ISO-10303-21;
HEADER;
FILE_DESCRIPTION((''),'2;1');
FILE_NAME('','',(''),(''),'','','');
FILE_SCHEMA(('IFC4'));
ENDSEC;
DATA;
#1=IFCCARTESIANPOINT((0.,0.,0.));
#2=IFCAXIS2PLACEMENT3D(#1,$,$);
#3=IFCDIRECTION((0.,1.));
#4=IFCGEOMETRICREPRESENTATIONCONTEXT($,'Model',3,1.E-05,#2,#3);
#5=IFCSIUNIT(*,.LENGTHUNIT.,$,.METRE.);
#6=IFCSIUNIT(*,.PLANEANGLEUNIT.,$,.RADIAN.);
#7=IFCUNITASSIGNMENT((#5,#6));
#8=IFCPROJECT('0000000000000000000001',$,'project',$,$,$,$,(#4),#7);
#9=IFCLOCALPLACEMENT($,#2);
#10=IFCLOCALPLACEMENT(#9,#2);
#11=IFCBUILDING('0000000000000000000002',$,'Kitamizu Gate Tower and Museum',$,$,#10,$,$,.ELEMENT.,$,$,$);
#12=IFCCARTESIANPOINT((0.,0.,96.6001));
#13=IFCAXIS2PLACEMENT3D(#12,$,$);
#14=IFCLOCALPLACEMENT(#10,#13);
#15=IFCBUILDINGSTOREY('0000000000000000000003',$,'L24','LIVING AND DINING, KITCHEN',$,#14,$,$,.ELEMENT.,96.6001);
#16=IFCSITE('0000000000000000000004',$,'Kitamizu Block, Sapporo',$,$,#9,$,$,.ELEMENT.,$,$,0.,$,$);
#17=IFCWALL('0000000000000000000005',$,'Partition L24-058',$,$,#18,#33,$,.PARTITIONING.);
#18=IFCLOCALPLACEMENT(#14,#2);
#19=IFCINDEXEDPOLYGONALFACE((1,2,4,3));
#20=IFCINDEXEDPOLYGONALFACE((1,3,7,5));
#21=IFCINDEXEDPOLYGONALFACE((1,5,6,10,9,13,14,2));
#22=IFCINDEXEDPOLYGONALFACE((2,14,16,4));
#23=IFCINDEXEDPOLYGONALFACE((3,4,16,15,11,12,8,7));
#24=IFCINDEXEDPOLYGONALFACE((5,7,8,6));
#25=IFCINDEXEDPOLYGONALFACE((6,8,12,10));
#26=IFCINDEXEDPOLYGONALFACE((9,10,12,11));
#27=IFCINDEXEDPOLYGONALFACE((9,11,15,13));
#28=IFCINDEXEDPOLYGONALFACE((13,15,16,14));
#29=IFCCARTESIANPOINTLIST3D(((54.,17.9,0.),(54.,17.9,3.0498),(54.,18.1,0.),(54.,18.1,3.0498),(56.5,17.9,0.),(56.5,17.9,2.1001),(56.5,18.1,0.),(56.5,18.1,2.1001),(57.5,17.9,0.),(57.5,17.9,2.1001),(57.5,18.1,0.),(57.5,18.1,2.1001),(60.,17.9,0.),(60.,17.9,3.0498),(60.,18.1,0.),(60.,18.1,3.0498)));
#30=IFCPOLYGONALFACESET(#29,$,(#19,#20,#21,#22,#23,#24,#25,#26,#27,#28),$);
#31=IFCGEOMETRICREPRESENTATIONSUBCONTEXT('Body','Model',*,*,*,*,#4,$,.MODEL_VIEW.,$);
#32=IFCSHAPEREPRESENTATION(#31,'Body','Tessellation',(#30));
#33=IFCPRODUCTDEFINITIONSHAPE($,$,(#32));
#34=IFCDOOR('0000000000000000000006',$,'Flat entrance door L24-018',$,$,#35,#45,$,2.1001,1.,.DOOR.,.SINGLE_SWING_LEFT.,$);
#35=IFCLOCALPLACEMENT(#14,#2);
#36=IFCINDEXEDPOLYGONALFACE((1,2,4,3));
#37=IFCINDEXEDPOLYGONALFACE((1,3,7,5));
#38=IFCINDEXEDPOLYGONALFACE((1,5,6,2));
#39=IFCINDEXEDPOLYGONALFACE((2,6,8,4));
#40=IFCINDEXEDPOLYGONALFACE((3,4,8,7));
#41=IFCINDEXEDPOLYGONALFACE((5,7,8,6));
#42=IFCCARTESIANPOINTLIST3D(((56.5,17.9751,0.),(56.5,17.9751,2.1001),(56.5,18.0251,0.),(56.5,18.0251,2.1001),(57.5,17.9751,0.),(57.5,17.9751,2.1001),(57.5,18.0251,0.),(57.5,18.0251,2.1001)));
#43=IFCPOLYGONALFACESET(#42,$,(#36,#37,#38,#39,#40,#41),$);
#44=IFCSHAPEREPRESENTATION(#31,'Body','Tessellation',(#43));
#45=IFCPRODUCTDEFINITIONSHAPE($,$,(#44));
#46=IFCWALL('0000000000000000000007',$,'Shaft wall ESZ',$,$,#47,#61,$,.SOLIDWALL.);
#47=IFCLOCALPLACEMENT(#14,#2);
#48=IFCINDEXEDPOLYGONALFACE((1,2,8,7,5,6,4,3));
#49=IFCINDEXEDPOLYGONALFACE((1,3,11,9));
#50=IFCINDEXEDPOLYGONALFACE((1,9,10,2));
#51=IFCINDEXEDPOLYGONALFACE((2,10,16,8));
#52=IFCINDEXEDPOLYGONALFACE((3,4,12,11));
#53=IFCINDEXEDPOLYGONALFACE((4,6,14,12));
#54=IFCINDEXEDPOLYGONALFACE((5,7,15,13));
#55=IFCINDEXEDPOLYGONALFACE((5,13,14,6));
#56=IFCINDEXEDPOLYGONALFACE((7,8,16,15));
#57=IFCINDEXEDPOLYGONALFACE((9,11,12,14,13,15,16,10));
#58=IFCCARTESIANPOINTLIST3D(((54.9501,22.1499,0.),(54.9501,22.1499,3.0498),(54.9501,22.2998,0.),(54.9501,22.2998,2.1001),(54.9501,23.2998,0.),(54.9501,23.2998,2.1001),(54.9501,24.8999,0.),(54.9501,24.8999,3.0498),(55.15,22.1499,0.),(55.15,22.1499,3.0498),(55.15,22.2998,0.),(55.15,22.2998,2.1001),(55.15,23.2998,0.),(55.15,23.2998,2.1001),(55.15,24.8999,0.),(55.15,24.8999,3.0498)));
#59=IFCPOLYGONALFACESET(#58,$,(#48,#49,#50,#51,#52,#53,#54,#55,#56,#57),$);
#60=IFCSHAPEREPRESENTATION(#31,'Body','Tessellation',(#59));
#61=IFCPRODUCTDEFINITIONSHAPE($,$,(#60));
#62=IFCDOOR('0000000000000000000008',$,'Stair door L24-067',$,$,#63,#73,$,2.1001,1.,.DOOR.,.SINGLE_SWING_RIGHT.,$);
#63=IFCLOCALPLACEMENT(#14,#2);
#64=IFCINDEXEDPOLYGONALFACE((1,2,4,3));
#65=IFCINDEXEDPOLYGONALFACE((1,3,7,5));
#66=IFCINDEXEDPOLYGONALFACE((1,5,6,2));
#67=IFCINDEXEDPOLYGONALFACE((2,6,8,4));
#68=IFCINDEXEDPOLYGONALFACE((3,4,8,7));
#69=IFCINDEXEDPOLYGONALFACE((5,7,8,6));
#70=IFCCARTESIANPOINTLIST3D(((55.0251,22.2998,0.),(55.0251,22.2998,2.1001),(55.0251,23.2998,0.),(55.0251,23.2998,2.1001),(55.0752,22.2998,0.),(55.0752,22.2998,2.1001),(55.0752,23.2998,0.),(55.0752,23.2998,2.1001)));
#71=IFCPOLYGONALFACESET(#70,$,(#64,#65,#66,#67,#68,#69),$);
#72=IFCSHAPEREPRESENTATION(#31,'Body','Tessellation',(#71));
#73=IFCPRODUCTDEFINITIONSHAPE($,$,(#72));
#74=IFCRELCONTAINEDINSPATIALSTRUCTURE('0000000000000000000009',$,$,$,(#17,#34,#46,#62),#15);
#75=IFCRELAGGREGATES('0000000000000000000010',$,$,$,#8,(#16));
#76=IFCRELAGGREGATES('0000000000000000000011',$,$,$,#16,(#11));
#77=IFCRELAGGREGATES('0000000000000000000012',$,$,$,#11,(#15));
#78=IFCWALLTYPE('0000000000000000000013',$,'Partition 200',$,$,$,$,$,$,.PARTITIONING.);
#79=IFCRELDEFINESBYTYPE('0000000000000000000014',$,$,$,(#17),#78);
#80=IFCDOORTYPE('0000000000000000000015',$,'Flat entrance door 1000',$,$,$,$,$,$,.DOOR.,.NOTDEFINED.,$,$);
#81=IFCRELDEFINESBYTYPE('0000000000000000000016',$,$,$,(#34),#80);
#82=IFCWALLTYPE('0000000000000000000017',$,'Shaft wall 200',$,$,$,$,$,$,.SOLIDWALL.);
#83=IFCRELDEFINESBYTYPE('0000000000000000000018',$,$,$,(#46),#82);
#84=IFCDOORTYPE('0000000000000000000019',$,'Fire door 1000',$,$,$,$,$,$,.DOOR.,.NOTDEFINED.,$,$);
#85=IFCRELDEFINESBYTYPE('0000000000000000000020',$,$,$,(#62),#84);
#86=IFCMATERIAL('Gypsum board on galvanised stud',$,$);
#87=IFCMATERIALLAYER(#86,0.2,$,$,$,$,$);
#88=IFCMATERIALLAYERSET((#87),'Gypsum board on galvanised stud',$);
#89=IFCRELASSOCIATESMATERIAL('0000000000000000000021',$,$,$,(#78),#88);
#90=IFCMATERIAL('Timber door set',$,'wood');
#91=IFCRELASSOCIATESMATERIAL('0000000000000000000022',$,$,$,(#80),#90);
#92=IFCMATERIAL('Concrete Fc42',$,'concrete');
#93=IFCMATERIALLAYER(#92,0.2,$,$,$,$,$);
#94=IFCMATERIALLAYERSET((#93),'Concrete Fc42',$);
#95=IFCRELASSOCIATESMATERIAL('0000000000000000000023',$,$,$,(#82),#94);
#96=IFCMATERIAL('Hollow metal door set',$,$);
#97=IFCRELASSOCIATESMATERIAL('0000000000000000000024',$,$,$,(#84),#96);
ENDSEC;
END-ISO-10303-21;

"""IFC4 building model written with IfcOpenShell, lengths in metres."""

from ifc_helpers import new_model, si_unit, direction, frame, frame_2d, origin, place, context, subcontext, project, spatial, rectangle, extrude, material, layer, layer_set, type_object, element, fill, save


model = new_model("IFC4")

# Units and contexts
model_context = context("Model", 3, precision=1e-05, world=origin(), true_north=direction((0.0, 1.0)))
body_context = subcontext(model_context, "Body", "Model", "MODEL_VIEW")
ifc_project = project(units=[si_unit("LENGTHUNIT", "METRE"), si_unit("PLANEANGLEUNIT", "RADIAN")], contexts=[model_context])

# Site, building, storey
site_placement = place(None, origin())
site = spatial("IfcSite", under=ifc_project, at=site_placement, Name="Kitamizu Block, Sapporo", CompositionType="ELEMENT", RefElevation=0.0)
building_placement = place(site_placement, origin())
building = spatial("IfcBuilding", under=site, at=building_placement, Name="Kitamizu Gate Tower and Museum", CompositionType="ELEMENT")
storey_placement = place(building_placement, frame((0.0, 0.0, 96.6001)))
storey = spatial("IfcBuildingStorey", under=building, at=storey_placement, Name="L24", Description="LIVING AND DINING, KITCHEN", CompositionType="ELEMENT", Elevation=96.6001)

# Shared definitions
ifc_material_1 = material(Name="Gypsum board on galvanised stud")
ifc_layer_1 = layer(ifc_material_1, 0.2)
ifc_layer_set_1 = layer_set([ifc_layer_1], Name="Gypsum board on galvanised stud")
wall_type_1 = type_object("IfcWallType", Name="Partition 200", PredefinedType="PARTITIONING", material=ifc_layer_set_1)

# Walls, openings, doors
wall_1_placement = place(storey_placement, frame((60.0, 18.0, 0.0), z_axis=(0.0, 0.0, 1.0), x_axis=(-1.0, 0.0, 0.0)))
wall_1 = element("IfcWall", 1, at=wall_1_placement, inside=storey, type_object=wall_type_1, Name="Partition L24-058", PredefinedType="PARTITIONING", context=body_context, shape_type="SweptSolid", body=[
    extrude(rectangle(XDim=6.0, YDim=0.2, at=frame_2d((3.0, 0.0))), origin(), (0.0, 0.0, 1.0), 3.0498),
])
opening_1_placement = place(wall_1_placement, frame((2.5, 0.0, 0.0)))
opening_1 = element("IfcOpeningElement", 2, at=opening_1_placement, cuts=wall_1, PredefinedType="OPENING", context=body_context, shape_type="SweptSolid", body=[
    extrude(rectangle(XDim=1.0, YDim=2.1001, at=frame_2d((0.5, 1.05))), frame((0.0, 0.1099, 0.0), z_axis=(0.0, -1.0, 0.0), x_axis=(1.0, 0.0, 0.0)), (0.0, 0.0, 1.0), 0.22),
])
ifc_material_2 = material(Name="Timber door set", Category="wood")
door_type_1 = type_object("IfcDoorType", Name="Flat entrance door 1000", OperationType="NOTDEFINED", PredefinedType="DOOR", material=ifc_material_2)
door_1_placement = place(opening_1_placement, origin())
door_1 = element("IfcDoor", 3, at=door_1_placement, inside=storey, type_object=door_type_1, Name="Flat entrance door L24-018", OperationType="SINGLE_SWING_LEFT", OverallHeight=2.1001, OverallWidth=1.0, PredefinedType="DOOR", context=body_context, shape_type="SweptSolid", body=[
    extrude(rectangle(XDim=1.0, YDim=2.1001, at=frame_2d((0.5, 1.05))), frame((0.0, 0.0249, 0.0), z_axis=(0.0, -1.0, 0.0), x_axis=(1.0, 0.0, 0.0)), (0.0, 0.0, 1.0), 0.05),
])
fill(opening_1, door_1)
ifc_material_3 = material(Name="Concrete Fc42", Category="concrete")
ifc_layer_2 = layer(ifc_material_3, 0.2)
ifc_layer_set_2 = layer_set([ifc_layer_2], Name="Concrete Fc42")
wall_type_2 = type_object("IfcWallType", Name="Shaft wall 200", PredefinedType="SOLIDWALL", material=ifc_layer_set_2)
wall_2_placement = place(storey_placement, frame((55.05, 22.1499, 0.0), z_axis=(0.0, 0.0, 1.0), x_axis=(0.0, 1.0, 0.0)))
wall_2 = element("IfcWall", 4, at=wall_2_placement, inside=storey, type_object=wall_type_2, Name="Shaft wall ESZ", PredefinedType="SOLIDWALL", context=body_context, shape_type="SweptSolid", body=[
    extrude(rectangle(XDim=2.75, YDim=0.2, at=frame_2d((1.375, 0.0))), origin(), (0.0, 0.0, 1.0), 3.0498),
])
opening_2_placement = place(wall_2_placement, frame((0.1499, 0.0, 0.0)))
opening_2 = element("IfcOpeningElement", 5, at=opening_2_placement, cuts=wall_2, PredefinedType="OPENING", context=body_context, shape_type="SweptSolid", body=[
    extrude(rectangle(XDim=1.0, YDim=2.1001, at=frame_2d((0.5, 1.05))), frame((0.0, 0.1099, 0.0), z_axis=(0.0, -1.0, 0.0), x_axis=(1.0, 0.0, 0.0)), (0.0, 0.0, 1.0), 0.22),
])
ifc_material_4 = material(Name="Hollow metal door set")
door_type_2 = type_object("IfcDoorType", Name="Fire door 1000", OperationType="NOTDEFINED", PredefinedType="DOOR", material=ifc_material_4)
door_2_placement = place(opening_2_placement, origin())
door_2 = element("IfcDoor", 6, at=door_2_placement, inside=storey, type_object=door_type_2, Name="Stair door L24-067", OperationType="SINGLE_SWING_RIGHT", OverallHeight=2.1001, OverallWidth=1.0, PredefinedType="DOOR", context=body_context, shape_type="SweptSolid", body=[
    extrude(rectangle(XDim=1.0, YDim=2.1001, at=frame_2d((0.5, 1.05))), frame((0.0, 0.0249, 0.0), z_axis=(0.0, -1.0, 0.0), x_axis=(1.0, 0.0, 0.0)), (0.0, 0.0, 1.0), 0.05),
])
fill(opening_2, door_2)

save(model, "model.ifc")
